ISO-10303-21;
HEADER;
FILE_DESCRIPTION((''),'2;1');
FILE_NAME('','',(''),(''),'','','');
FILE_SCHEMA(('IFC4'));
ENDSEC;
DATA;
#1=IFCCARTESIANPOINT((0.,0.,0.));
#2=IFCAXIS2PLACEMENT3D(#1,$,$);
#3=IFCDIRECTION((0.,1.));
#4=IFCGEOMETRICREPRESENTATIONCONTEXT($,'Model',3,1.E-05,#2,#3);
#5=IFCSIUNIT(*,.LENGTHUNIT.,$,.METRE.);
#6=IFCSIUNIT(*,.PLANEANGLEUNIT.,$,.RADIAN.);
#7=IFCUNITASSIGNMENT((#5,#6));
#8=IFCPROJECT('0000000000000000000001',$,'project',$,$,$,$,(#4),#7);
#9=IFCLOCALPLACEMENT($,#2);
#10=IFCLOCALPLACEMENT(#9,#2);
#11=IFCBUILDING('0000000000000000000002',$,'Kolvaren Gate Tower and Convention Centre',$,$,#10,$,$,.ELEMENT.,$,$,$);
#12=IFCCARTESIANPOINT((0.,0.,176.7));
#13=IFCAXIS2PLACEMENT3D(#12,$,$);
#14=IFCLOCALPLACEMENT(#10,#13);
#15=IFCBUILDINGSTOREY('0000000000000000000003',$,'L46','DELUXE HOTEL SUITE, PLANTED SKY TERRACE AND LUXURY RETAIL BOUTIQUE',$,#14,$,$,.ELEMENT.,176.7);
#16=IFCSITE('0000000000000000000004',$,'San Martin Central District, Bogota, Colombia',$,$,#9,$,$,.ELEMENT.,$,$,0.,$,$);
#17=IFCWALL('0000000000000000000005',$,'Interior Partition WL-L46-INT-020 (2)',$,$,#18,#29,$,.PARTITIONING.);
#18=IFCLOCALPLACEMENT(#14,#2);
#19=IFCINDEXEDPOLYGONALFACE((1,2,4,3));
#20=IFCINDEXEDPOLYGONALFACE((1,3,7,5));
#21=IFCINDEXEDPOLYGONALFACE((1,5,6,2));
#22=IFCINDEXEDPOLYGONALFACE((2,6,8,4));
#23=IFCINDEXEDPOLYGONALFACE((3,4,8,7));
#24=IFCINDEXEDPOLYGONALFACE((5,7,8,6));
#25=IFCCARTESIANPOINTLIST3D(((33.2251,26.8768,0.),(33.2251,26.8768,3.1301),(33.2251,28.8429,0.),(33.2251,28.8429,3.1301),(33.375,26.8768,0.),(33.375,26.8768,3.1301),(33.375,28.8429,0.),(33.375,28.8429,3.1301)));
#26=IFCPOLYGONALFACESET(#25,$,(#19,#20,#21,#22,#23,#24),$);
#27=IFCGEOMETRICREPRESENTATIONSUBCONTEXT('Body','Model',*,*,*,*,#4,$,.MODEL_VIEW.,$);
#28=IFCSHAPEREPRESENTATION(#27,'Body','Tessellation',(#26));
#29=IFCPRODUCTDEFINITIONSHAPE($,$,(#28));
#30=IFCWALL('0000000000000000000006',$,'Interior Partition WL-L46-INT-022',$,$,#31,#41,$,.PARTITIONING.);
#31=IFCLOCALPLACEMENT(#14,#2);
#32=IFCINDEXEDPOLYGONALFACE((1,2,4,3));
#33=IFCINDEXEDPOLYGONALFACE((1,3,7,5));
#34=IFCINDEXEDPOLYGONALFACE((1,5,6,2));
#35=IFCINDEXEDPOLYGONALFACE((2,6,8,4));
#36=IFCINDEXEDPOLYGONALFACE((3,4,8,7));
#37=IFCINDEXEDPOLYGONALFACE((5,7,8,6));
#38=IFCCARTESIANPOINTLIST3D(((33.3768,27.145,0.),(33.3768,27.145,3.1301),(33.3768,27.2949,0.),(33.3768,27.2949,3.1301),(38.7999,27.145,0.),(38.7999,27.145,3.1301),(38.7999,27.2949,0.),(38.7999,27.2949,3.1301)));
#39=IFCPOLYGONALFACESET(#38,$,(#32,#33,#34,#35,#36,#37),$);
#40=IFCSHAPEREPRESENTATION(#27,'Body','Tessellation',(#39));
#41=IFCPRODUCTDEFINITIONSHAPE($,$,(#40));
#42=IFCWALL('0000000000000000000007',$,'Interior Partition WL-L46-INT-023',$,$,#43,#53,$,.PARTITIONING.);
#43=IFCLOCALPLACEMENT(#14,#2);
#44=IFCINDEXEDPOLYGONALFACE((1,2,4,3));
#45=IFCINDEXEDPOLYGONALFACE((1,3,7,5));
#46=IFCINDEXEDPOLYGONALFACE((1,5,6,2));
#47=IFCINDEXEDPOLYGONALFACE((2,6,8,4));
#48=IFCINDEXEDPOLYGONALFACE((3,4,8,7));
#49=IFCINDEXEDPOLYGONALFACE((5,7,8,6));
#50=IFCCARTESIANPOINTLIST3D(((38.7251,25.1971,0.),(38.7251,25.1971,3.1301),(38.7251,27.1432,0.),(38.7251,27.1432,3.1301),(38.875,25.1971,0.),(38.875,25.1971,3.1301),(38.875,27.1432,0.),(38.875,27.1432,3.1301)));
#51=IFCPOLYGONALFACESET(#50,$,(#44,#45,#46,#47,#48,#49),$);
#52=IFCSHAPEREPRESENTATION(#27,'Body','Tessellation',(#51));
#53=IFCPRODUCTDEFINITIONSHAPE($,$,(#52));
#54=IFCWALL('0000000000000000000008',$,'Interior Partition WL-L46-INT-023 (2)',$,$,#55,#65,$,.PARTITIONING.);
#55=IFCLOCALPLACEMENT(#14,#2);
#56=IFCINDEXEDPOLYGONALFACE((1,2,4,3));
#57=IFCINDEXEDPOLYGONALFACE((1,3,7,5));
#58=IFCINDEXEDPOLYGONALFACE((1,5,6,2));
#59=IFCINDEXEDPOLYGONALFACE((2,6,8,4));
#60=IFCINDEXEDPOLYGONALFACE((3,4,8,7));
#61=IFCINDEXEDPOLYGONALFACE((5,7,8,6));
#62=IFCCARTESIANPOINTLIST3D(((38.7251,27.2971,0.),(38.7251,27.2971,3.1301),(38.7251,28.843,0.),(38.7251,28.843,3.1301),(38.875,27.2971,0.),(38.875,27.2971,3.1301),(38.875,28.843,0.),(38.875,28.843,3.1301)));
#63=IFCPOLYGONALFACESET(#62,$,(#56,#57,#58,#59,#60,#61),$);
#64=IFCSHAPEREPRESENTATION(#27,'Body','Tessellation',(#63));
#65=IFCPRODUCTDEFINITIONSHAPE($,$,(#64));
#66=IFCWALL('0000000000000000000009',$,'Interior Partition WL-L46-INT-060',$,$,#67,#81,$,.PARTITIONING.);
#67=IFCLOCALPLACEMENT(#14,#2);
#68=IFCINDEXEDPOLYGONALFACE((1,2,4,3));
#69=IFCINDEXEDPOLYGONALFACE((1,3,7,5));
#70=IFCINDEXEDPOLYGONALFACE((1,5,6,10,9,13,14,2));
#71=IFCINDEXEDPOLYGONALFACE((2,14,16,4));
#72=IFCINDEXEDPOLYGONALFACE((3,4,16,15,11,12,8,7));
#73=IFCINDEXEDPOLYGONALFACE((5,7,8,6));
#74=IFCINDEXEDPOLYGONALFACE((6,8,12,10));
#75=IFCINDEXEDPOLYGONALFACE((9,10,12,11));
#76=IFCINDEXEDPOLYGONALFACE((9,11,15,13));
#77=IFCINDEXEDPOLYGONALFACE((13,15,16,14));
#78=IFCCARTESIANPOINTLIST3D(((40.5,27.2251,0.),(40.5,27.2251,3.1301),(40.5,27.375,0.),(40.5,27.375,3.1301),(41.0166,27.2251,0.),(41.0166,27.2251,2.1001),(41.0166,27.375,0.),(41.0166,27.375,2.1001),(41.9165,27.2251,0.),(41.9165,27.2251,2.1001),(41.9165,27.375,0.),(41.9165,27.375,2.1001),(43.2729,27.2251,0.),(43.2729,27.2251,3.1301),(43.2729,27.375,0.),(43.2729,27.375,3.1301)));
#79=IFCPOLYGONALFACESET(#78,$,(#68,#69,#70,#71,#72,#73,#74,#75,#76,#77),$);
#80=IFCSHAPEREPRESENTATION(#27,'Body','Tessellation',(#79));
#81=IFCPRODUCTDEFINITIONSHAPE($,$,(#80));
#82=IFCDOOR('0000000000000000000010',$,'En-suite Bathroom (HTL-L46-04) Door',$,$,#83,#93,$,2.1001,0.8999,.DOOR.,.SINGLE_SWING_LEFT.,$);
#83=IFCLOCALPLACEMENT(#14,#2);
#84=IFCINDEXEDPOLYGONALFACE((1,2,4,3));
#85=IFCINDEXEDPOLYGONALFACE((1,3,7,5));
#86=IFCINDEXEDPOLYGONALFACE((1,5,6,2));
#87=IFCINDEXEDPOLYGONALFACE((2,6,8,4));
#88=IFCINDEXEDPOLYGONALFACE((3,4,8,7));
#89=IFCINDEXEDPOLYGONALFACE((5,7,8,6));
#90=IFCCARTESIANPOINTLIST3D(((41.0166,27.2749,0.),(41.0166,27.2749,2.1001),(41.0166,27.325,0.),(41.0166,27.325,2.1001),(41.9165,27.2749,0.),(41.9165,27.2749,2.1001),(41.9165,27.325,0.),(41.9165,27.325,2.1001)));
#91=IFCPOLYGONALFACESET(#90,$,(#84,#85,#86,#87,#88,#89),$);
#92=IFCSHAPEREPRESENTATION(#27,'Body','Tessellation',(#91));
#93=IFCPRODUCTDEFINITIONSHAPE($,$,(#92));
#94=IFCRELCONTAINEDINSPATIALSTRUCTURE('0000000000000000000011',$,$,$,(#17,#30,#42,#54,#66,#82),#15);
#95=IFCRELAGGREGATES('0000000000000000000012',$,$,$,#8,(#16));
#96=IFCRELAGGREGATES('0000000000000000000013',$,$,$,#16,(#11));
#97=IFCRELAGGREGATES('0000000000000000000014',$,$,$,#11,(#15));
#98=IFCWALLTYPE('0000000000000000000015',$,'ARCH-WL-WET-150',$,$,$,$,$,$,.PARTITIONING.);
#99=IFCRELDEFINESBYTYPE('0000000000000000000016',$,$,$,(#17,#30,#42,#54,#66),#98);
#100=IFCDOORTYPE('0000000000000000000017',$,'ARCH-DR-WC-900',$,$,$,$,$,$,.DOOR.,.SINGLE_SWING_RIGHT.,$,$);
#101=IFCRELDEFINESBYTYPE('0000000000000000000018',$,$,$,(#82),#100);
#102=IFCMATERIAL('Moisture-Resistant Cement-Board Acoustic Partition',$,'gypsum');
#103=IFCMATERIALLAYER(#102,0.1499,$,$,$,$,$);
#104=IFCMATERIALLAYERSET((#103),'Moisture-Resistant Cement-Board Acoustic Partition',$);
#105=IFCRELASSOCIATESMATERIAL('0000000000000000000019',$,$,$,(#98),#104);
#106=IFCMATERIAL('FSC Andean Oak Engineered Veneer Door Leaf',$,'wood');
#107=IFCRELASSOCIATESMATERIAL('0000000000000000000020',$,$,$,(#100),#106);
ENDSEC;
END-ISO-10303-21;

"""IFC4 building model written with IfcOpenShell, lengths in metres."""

from ifc_helpers import new_model, si_unit, direction, frame, frame_2d, origin, place, context, subcontext, project, spatial, rectangle, extrude, material, layer, layer_set, type_object, element, fill, save


model = new_model("IFC4")

# Units and contexts
model_context = context("Model", 3, precision=1e-05, world=origin(), true_north=direction((0.0, 1.0)))
body_context = subcontext(model_context, "Body", "Model", "MODEL_VIEW")
ifc_project = project(units=[si_unit("LENGTHUNIT", "METRE"), si_unit("PLANEANGLEUNIT", "RADIAN")], contexts=[model_context])

# Site, building, storey
site_placement = place(None, origin())
site = spatial("IfcSite", under=ifc_project, at=site_placement, Name="San Martin Central District, Bogota, Colombia", CompositionType="ELEMENT", RefElevation=0.0)
building_placement = place(site_placement, origin())
building = spatial("IfcBuilding", under=site, at=building_placement, Name="Kolvaren Gate Tower and Convention Centre", CompositionType="ELEMENT")
storey_placement = place(building_placement, frame((0.0, 0.0, 176.7)))
storey = spatial("IfcBuildingStorey", under=building, at=storey_placement, Name="L46", Description="DELUXE HOTEL SUITE, PLANTED SKY TERRACE AND LUXURY RETAIL BOUTIQUE", CompositionType="ELEMENT", Elevation=176.7)

# Walls
ifc_material_1 = material(Name="Moisture-Resistant Cement-Board Acoustic Partition", Category="gypsum")
ifc_layer_1 = layer(ifc_material_1, 0.1499)
ifc_layer_set_1 = layer_set([ifc_layer_1], Name="Moisture-Resistant Cement-Board Acoustic Partition")
wall_type_1 = type_object("IfcWallType", Name="ARCH-WL-WET-150", PredefinedType="PARTITIONING", material=ifc_layer_set_1)
wall_1_placement = place(storey_placement, frame((33.3, 26.877, 0.0), z_axis=(0.0, 0.0, 1.0), x_axis=(0.0, 1.0, 0.0)))
element("IfcWall", 1, at=wall_1_placement, inside=storey, type_object=wall_type_1, Name="Interior Partition WL-L46-INT-020 (2)", PredefinedType="PARTITIONING", context=body_context, shape_type="SweptSolid", body=[
    extrude(rectangle(XDim=1.9661, YDim=0.1499, at=frame_2d((0.9829, 0.0))), origin(), (0.0, 0.0, 1.0), 3.1301),
])
wall_2_placement = place(storey_placement, frame((33.377, 27.22, 0.0), z_axis=(0.0, 0.0, 1.0), x_axis=(1.0, 0.0, 0.0)))
element("IfcWall", 2, at=wall_2_placement, inside=storey, type_object=wall_type_1, Name="Interior Partition WL-L46-INT-022", PredefinedType="PARTITIONING", context=body_context, shape_type="SweptSolid", body=[
    extrude(rectangle(XDim=5.4231, YDim=0.1499, at=frame_2d((2.7114, 0.0))), origin(), (0.0, 0.0, 1.0), 3.1301),
])
wall_3_placement = place(storey_placement, frame((38.8, 25.197, 0.0), z_axis=(0.0, 0.0, 1.0), x_axis=(0.0, 1.0, 0.0)))
element("IfcWall", 3, at=wall_3_placement, inside=storey, type_object=wall_type_1, Name="Interior Partition WL-L46-INT-023", PredefinedType="PARTITIONING", context=body_context, shape_type="SweptSolid", body=[
    extrude(rectangle(XDim=1.946, YDim=0.1499, at=frame_2d((0.9731, 0.0))), origin(), (0.0, 0.0, 1.0), 3.1301),
])
wall_4_placement = place(storey_placement, frame((38.8, 27.2971, 0.0), z_axis=(0.0, 0.0, 1.0), x_axis=(0.0, 1.0, 0.0)))
element("IfcWall", 4, at=wall_4_placement, inside=storey, type_object=wall_type_1, Name="Interior Partition WL-L46-INT-023 (2)", PredefinedType="PARTITIONING", context=body_context, shape_type="SweptSolid", body=[
    extrude(rectangle(XDim=1.5459, YDim=0.1499, at=frame_2d((0.7729, 0.0))), origin(), (0.0, 0.0, 1.0), 3.1301),
])

# Wall, opening, door
wall_5_placement = place(storey_placement, frame((40.5, 27.3, 0.0), z_axis=(0.0, 0.0, 1.0), x_axis=(1.0, 0.0, 0.0)))
wall_5 = element("IfcWall", 5, at=wall_5_placement, inside=storey, type_object=wall_type_1, Name="Interior Partition WL-L46-INT-060", PredefinedType="PARTITIONING", context=body_context, shape_type="SweptSolid", body=[
    extrude(rectangle(XDim=2.7729, YDim=0.1499, at=frame_2d((1.3865, 0.0))), origin(), (0.0, 0.0, 1.0), 3.1301),
])
opening_1_placement = place(wall_5_placement, frame((0.5166, 0.0, 0.0)))
opening_1 = element("IfcOpeningElement", 6, at=opening_1_placement, cuts=wall_5, PredefinedType="OPENING", context=body_context, shape_type="SweptSolid", body=[
    extrude(rectangle(XDim=0.8999, YDim=2.1001, at=frame_2d((0.45, 1.05))), frame((0.0, 0.085, 0.0), z_axis=(0.0, -1.0, 0.0), x_axis=(1.0, 0.0, 0.0)), (0.0, 0.0, 1.0), 0.1699),
])
ifc_material_2 = material(Name="FSC Andean Oak Engineered Veneer Door Leaf", Category="wood")
door_type_1 = type_object("IfcDoorType", Name="ARCH-DR-WC-900", OperationType="SINGLE_SWING_RIGHT", PredefinedType="DOOR", material=ifc_material_2)
door_1_placement = place(opening_1_placement, origin())
door_1 = element("IfcDoor", 7, at=door_1_placement, inside=storey, type_object=door_type_1, Name="En-suite Bathroom (HTL-L46-04) Door", OperationType="SINGLE_SWING_LEFT", OverallHeight=2.1001, OverallWidth=0.8999, PredefinedType="DOOR", context=body_context, shape_type="SweptSolid", body=[
    extrude(rectangle(XDim=0.8999, YDim=2.1001, at=frame_2d((0.45, 1.05))), frame((0.0, 0.0249, 0.0), z_axis=(0.0, -1.0, 0.0), x_axis=(1.0, 0.0, 0.0)), (0.0, 0.0, 1.0), 0.05),
])
fill(opening_1, door_1)

save(model, "model.ifc")
